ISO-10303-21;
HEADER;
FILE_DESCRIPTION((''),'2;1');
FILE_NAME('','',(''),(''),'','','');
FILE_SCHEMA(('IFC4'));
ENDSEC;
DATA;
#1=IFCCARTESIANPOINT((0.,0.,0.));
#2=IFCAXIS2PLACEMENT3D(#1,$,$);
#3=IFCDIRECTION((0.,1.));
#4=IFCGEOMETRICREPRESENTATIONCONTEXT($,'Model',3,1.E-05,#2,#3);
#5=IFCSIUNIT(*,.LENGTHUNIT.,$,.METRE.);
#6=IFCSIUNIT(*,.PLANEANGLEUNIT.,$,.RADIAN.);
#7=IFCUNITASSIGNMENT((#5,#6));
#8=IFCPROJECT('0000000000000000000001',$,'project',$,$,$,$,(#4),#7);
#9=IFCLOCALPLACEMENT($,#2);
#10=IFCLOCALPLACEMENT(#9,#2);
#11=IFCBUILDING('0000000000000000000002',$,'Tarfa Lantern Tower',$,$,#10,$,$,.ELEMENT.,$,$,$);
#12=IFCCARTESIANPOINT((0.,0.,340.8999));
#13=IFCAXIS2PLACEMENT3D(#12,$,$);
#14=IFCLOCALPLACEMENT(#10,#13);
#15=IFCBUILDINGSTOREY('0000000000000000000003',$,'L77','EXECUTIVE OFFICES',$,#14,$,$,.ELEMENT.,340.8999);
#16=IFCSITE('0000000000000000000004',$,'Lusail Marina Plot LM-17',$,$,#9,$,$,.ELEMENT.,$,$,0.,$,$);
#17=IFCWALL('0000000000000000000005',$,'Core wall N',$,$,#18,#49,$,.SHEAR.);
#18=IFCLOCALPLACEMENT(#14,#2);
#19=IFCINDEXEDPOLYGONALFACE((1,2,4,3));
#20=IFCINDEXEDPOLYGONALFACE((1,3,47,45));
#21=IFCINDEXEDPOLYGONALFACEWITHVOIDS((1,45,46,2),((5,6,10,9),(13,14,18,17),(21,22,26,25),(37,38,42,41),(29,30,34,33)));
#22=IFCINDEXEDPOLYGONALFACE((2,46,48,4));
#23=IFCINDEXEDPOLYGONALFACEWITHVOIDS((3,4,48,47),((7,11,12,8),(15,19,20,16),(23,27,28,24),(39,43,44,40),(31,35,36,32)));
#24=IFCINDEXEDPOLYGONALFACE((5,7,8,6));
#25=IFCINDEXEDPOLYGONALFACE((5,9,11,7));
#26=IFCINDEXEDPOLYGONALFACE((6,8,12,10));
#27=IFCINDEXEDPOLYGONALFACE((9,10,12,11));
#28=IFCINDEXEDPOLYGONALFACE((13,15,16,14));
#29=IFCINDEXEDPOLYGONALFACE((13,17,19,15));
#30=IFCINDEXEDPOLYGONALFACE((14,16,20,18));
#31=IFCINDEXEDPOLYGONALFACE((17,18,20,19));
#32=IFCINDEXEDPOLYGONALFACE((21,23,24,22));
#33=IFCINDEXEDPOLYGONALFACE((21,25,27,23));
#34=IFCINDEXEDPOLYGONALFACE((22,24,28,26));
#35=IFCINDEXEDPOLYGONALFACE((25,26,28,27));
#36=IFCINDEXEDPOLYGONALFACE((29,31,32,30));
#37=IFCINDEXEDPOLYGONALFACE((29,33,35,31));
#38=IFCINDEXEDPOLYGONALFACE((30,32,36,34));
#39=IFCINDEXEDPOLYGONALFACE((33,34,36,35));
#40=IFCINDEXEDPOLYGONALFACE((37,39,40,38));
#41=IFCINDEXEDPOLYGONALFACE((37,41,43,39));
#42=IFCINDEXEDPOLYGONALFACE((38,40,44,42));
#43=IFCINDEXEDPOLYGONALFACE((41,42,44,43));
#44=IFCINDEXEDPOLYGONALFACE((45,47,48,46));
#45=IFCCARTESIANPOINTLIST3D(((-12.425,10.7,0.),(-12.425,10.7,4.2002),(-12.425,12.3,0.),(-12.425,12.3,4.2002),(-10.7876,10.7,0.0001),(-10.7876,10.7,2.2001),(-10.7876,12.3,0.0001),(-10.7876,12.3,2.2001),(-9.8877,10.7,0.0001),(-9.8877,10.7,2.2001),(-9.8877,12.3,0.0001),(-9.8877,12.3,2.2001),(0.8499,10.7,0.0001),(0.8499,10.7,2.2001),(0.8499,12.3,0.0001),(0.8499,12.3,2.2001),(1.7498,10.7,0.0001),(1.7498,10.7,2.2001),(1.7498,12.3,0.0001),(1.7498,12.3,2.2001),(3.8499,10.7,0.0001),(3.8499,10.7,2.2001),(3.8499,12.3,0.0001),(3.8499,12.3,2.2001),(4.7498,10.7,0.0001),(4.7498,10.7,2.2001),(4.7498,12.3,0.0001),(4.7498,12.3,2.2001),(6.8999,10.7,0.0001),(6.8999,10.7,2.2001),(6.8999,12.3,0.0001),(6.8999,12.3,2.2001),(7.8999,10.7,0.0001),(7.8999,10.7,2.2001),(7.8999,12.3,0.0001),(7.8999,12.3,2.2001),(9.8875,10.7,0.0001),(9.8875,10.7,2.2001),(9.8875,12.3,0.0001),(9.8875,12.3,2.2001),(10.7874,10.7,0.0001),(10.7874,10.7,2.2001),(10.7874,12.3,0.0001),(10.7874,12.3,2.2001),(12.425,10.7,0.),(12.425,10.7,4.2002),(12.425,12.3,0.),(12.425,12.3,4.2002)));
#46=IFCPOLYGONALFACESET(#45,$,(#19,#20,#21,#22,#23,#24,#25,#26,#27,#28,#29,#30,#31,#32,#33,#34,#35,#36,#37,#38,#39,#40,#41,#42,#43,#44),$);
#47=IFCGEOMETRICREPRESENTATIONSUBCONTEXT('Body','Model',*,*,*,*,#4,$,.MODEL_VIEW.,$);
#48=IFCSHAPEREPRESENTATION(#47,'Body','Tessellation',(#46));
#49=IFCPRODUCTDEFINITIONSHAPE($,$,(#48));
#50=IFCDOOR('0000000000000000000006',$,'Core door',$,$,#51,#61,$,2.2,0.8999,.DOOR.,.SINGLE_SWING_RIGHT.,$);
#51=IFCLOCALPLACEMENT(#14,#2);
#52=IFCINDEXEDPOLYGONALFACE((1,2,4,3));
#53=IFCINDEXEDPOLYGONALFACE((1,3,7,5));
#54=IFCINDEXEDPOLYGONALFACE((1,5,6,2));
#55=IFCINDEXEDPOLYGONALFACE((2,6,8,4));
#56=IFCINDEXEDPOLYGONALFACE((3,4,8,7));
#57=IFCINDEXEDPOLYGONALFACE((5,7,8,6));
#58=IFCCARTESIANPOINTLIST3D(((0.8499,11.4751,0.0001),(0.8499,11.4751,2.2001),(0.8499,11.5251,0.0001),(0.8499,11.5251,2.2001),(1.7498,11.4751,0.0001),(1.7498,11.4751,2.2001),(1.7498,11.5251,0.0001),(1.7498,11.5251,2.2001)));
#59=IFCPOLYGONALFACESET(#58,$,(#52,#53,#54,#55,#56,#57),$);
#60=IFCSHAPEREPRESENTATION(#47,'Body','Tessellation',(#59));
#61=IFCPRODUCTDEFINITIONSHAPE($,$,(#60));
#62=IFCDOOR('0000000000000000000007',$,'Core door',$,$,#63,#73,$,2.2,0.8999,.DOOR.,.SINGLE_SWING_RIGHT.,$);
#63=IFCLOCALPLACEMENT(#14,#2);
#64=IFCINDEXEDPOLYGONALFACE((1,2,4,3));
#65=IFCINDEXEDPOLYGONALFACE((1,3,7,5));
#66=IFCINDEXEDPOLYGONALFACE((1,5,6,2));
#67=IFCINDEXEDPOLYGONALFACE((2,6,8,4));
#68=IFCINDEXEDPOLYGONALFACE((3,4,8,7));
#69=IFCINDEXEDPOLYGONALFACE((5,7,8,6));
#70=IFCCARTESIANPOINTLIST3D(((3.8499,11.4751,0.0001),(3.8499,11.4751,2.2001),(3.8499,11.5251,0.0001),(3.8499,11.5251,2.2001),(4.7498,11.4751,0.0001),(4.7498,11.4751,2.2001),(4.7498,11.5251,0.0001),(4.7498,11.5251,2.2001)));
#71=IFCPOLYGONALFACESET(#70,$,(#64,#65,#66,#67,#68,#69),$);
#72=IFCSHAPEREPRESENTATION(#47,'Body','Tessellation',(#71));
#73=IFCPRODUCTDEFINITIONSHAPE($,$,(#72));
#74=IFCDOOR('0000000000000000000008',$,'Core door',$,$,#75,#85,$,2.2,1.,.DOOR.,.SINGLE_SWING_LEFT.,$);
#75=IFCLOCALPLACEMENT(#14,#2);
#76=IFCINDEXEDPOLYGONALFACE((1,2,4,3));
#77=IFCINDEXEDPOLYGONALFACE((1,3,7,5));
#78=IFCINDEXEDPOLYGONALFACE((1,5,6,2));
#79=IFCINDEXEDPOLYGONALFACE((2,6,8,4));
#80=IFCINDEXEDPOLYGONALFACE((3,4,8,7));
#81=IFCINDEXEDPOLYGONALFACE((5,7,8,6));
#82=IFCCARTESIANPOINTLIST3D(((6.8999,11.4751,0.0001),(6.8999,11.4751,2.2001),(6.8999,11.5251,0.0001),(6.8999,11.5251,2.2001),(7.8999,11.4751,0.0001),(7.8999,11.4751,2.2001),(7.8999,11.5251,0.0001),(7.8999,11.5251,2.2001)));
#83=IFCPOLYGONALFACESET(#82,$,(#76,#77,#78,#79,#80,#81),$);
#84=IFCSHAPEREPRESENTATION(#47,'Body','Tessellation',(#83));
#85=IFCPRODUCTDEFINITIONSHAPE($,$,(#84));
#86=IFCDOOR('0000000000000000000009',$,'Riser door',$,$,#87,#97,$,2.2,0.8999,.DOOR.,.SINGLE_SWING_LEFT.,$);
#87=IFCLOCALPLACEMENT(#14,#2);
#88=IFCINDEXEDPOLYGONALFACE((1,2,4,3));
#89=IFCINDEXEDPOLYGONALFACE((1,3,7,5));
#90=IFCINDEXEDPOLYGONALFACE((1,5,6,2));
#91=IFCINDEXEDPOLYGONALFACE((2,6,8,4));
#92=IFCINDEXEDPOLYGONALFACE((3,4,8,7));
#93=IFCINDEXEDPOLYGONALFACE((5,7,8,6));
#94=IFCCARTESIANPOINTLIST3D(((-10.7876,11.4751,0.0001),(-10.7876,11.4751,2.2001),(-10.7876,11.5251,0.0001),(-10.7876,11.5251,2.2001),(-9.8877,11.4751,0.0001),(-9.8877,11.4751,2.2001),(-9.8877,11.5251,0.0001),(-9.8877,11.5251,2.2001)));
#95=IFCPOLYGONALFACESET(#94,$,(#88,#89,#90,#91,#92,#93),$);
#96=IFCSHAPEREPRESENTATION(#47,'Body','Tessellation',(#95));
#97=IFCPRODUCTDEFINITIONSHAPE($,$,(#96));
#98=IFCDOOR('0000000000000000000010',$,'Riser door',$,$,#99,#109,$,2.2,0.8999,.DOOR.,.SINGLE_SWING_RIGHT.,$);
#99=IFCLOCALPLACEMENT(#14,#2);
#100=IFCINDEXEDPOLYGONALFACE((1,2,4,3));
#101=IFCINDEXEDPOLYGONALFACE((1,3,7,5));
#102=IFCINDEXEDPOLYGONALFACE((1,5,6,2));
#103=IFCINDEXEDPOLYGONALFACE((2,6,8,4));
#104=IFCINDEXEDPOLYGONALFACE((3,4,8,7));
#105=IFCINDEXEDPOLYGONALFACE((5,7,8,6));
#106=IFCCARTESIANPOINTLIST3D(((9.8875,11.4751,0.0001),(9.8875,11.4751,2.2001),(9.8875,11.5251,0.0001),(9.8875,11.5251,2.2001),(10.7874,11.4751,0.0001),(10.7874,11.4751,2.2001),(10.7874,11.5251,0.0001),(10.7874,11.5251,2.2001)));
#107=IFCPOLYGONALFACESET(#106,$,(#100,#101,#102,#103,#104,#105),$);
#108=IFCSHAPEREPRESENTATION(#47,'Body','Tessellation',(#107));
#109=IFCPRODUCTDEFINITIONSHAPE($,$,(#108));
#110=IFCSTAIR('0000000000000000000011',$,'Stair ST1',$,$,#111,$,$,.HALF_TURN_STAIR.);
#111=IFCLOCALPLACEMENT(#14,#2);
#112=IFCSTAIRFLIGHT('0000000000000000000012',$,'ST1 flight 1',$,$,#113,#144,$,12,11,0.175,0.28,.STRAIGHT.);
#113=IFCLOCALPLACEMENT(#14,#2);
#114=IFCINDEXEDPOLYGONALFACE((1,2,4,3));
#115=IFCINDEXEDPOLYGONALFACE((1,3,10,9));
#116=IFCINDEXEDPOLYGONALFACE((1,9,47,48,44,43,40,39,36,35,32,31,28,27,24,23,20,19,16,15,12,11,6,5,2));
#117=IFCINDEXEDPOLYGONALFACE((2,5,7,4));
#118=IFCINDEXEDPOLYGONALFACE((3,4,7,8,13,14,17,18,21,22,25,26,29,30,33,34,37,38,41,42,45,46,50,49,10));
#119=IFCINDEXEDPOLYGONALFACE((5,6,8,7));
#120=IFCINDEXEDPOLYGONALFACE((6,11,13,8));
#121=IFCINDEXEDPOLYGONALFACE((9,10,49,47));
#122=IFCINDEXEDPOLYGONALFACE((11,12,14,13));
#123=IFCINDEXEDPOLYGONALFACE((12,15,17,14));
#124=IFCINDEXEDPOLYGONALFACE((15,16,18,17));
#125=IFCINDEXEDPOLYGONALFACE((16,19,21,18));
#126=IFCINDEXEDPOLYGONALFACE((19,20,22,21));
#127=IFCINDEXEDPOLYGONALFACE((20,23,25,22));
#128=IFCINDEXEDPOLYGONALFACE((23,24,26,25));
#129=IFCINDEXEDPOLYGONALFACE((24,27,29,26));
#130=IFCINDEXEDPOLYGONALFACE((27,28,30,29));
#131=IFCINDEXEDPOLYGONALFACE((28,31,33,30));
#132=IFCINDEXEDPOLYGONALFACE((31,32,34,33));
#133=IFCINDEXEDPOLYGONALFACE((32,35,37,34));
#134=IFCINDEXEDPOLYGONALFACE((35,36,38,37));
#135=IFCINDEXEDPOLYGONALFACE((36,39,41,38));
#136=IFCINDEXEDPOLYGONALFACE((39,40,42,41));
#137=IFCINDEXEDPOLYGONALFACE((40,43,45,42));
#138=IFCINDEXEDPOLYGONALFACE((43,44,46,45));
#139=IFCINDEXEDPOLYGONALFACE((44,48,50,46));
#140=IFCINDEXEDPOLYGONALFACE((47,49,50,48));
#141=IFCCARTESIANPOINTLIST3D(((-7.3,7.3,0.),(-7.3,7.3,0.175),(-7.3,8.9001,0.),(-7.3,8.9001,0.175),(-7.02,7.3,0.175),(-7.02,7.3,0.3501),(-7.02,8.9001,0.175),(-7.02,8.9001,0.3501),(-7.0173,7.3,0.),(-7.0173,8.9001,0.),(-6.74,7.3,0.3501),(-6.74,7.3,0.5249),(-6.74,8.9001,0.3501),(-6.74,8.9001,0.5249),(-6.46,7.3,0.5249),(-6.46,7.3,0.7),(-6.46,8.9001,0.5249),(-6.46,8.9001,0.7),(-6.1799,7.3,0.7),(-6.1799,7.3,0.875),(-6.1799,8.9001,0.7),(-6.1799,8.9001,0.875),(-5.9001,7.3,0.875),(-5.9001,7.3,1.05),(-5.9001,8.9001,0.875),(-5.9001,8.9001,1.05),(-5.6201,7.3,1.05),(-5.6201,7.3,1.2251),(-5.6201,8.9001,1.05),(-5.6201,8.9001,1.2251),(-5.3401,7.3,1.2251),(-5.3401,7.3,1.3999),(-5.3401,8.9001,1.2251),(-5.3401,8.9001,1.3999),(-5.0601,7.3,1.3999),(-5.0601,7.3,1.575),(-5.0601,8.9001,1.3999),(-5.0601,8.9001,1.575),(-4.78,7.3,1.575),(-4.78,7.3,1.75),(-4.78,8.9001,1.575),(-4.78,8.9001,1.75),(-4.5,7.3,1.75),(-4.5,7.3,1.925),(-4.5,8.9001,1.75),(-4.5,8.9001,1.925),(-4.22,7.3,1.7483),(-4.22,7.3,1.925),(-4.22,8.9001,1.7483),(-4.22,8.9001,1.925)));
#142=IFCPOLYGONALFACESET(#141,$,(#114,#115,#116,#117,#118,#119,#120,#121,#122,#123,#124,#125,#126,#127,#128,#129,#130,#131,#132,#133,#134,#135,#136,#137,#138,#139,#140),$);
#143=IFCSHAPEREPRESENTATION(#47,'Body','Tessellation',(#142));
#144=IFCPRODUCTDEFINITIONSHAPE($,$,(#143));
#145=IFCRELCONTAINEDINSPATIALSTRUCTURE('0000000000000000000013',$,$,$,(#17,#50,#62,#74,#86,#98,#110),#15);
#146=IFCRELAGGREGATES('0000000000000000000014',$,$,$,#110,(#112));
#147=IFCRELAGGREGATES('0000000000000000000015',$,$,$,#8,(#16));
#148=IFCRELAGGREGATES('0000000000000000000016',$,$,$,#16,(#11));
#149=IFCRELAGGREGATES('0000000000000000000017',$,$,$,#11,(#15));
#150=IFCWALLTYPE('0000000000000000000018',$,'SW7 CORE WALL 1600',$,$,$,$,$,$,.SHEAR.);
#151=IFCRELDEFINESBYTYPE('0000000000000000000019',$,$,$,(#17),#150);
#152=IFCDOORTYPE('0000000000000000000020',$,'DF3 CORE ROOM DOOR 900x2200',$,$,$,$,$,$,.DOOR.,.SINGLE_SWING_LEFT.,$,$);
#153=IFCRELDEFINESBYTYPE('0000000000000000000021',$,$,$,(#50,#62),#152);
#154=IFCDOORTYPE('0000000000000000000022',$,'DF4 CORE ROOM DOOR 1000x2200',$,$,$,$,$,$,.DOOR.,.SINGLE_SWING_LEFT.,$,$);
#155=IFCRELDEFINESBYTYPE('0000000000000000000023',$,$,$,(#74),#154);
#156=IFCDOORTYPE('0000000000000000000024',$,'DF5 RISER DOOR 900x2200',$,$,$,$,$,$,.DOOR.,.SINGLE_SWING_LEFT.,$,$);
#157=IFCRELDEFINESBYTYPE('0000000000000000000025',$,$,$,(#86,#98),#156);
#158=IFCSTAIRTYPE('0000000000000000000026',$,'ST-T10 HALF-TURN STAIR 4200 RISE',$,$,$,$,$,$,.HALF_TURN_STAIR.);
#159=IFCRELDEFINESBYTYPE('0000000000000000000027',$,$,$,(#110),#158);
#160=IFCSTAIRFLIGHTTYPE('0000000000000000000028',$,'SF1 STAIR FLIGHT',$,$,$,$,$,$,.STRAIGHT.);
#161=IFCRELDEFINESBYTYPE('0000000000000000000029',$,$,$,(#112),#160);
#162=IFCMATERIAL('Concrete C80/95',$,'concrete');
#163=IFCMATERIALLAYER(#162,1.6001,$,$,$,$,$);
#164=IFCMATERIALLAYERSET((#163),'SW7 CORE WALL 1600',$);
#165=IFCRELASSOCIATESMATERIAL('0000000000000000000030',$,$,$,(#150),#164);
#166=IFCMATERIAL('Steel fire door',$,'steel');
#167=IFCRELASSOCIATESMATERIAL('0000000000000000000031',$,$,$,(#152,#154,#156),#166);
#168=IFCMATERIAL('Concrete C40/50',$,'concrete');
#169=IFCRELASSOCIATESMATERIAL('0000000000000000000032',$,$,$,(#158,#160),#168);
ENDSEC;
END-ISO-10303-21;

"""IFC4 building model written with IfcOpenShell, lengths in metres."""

from ifc_helpers import new_model, si_unit, direction, frame, frame_2d, origin, place, context, subcontext, project, spatial, polyline, rectangle, outline, extrude, material, layer, layer_set, type_object, element, fill, aggregate, save


model = new_model("IFC4")

# Units and contexts
model_context = context("Model", 3, precision=1e-05, world=origin(), true_north=direction((0.0, 1.0)))
body_context = subcontext(model_context, "Body", "Model", "MODEL_VIEW")
ifc_project = project(units=[si_unit("LENGTHUNIT", "METRE"), si_unit("PLANEANGLEUNIT", "RADIAN")], contexts=[model_context])

# Site, building, storey
site_placement = place(None, origin())
site = spatial("IfcSite", under=ifc_project, at=site_placement, Name="Lusail Marina Plot LM-17", CompositionType="ELEMENT", RefElevation=0.0)
building_placement = place(site_placement, origin())
building = spatial("IfcBuilding", under=site, at=building_placement, Name="Tarfa Lantern Tower", CompositionType="ELEMENT")
storey_placement = place(building_placement, frame((0.0, 0.0, 340.8999)))
storey = spatial("IfcBuildingStorey", under=building, at=storey_placement, Name="L77", Description="EXECUTIVE OFFICES", CompositionType="ELEMENT", Elevation=340.8999)

# Shared definitions
ifc_material_1 = material(Name="Concrete C80/95", Category="concrete")
ifc_material_2 = material(Name="Steel fire door", Category="steel")

# Wall, openings, doors
ifc_layer_1 = layer(ifc_material_1, 1.6001)
ifc_layer_set_1 = layer_set([ifc_layer_1], Name="SW7 CORE WALL 1600")
wall_type_1 = type_object("IfcWallType", Name="SW7 CORE WALL 1600", PredefinedType="SHEAR", material=ifc_layer_set_1)
wall_1_placement = place(storey_placement, frame((-12.425, 11.5, 0.0), z_axis=(0.0, 0.0, 1.0), x_axis=(1.0, 0.0, 0.0)))
wall_1 = element("IfcWall", 1, at=wall_1_placement, inside=storey, type_object=wall_type_1, Name="Core wall N", PredefinedType="SHEAR", context=body_context, shape_type="SweptSolid", body=[
    extrude(rectangle(XDim=24.8501, YDim=1.6001, at=frame_2d((12.425, 0.0))), origin(), (0.0, 0.0, 1.0), 4.2002),
])
opening_1_placement = place(wall_1_placement, frame((13.2749, 0.0, 0.0)))
opening_1 = element("IfcOpeningElement", 2, at=opening_1_placement, cuts=wall_1, PredefinedType="OPENING", context=body_context, shape_type="SweptSolid", body=[
    extrude(rectangle(XDim=0.8999, YDim=2.2, at=frame_2d((0.45, 1.1001))), frame((0.0, 0.8101, 0.0), z_axis=(0.0, -1.0, 0.0), x_axis=(1.0, 0.0, 0.0)), (0.0, 0.0, 1.0), 1.6201),
])
opening_2_placement = place(wall_1_placement, frame((16.2749, 0.0, 0.0)))
opening_2 = element("IfcOpeningElement", 3, at=opening_2_placement, cuts=wall_1, PredefinedType="OPENING", context=body_context, shape_type="SweptSolid", body=[
    extrude(rectangle(XDim=0.8999, YDim=2.2, at=frame_2d((0.45, 1.1001))), frame((0.0, 0.8101, 0.0), z_axis=(0.0, -1.0, 0.0), x_axis=(1.0, 0.0, 0.0)), (0.0, 0.0, 1.0), 1.6201),
])
opening_3_placement = place(wall_1_placement, frame((19.325, 0.0, 0.0)))
opening_3 = element("IfcOpeningElement", 4, at=opening_3_placement, cuts=wall_1, PredefinedType="OPENING", context=body_context, shape_type="SweptSolid", body=[
    extrude(rectangle(XDim=1.0, YDim=2.2, at=frame_2d((0.5, 1.1001))), frame((0.0, 0.8101, 0.0), z_axis=(0.0, -1.0, 0.0), x_axis=(1.0, 0.0, 0.0)), (0.0, 0.0, 1.0), 1.6201),
])
opening_4_placement = place(wall_1_placement, frame((1.6375, 0.0, 0.0)))
opening_4 = element("IfcOpeningElement", 5, at=opening_4_placement, cuts=wall_1, PredefinedType="OPENING", context=body_context, shape_type="SweptSolid", body=[
    extrude(rectangle(XDim=0.8999, YDim=2.2, at=frame_2d((0.45, 1.1001))), frame((0.0, 0.8101, 0.0), z_axis=(0.0, -1.0, 0.0), x_axis=(1.0, 0.0, 0.0)), (0.0, 0.0, 1.0), 1.6201),
])
opening_5_placement = place(wall_1_placement, frame((22.3125, 0.0, 0.0)))
opening_5 = element("IfcOpeningElement", 6, at=opening_5_placement, cuts=wall_1, PredefinedType="OPENING", context=body_context, shape_type="SweptSolid", body=[
    extrude(rectangle(XDim=0.8999, YDim=2.2, at=frame_2d((0.45, 1.1001))), frame((0.0, 0.8101, 0.0), z_axis=(0.0, -1.0, 0.0), x_axis=(1.0, 0.0, 0.0)), (0.0, 0.0, 1.0), 1.6201),
])
door_type_1 = type_object("IfcDoorType", Name="DF3 CORE ROOM DOOR 900x2200", OperationType="SINGLE_SWING_LEFT", PredefinedType="DOOR", material=ifc_material_2)
door_1_placement = place(opening_1_placement, frame((0.8999, 0.0, 0.0), z_axis=(0.0, 0.0, 1.0), x_axis=(-1.0, 0.0, 0.0)))
door_1 = element("IfcDoor", 7, at=door_1_placement, inside=storey, type_object=door_type_1, Name="Core door", OperationType="SINGLE_SWING_RIGHT", OverallHeight=2.2, OverallWidth=0.8999, PredefinedType="DOOR", context=body_context, shape_type="SweptSolid", body=[
    extrude(rectangle(XDim=0.8999, YDim=2.2, at=frame_2d((0.45, 1.1001))), frame((0.0, 0.0249, 0.0), z_axis=(0.0, -1.0, 0.0), x_axis=(1.0, 0.0, 0.0)), (0.0, 0.0, 1.0), 0.05),
])
fill(opening_1, door_1)
door_2_placement = place(opening_2_placement, frame((0.8999, 0.0, 0.0), z_axis=(0.0, 0.0, 1.0), x_axis=(-1.0, 0.0, 0.0)))
door_2 = element("IfcDoor", 8, at=door_2_placement, inside=storey, type_object=door_type_1, Name="Core door", OperationType="SINGLE_SWING_RIGHT", OverallHeight=2.2, OverallWidth=0.8999, PredefinedType="DOOR", context=body_context, shape_type="SweptSolid", body=[
    extrude(rectangle(XDim=0.8999, YDim=2.2, at=frame_2d((0.45, 1.1001))), frame((0.0, 0.0249, 0.0), z_axis=(0.0, -1.0, 0.0), x_axis=(1.0, 0.0, 0.0)), (0.0, 0.0, 1.0), 0.05),
])
fill(opening_2, door_2)
door_type_2 = type_object("IfcDoorType", Name="DF4 CORE ROOM DOOR 1000x2200", OperationType="SINGLE_SWING_LEFT", PredefinedType="DOOR", material=ifc_material_2)
door_3_placement = place(opening_3_placement, frame((1.0, 0.0, 0.0), z_axis=(0.0, 0.0, 1.0), x_axis=(-1.0, 0.0, 0.0)))
door_3 = element("IfcDoor", 9, at=door_3_placement, inside=storey, type_object=door_type_2, Name="Core door", OperationType="SINGLE_SWING_LEFT", OverallHeight=2.2, OverallWidth=1.0, PredefinedType="DOOR", context=body_context, shape_type="SweptSolid", body=[
    extrude(rectangle(XDim=1.0, YDim=2.2, at=frame_2d((0.5, 1.1001))), frame((0.0, 0.0249, 0.0), z_axis=(0.0, -1.0, 0.0), x_axis=(1.0, 0.0, 0.0)), (0.0, 0.0, 1.0), 0.05),
])
fill(opening_3, door_3)
door_type_3 = type_object("IfcDoorType", Name="DF5 RISER DOOR 900x2200", OperationType="SINGLE_SWING_LEFT", PredefinedType="DOOR", material=ifc_material_2)
door_4_placement = place(opening_4_placement, frame((0.8999, 0.0, 0.0), z_axis=(0.0, 0.0, 1.0), x_axis=(-1.0, 0.0, 0.0)))
door_4 = element("IfcDoor", 10, at=door_4_placement, inside=storey, type_object=door_type_3, Name="Riser door", OperationType="SINGLE_SWING_LEFT", OverallHeight=2.2, OverallWidth=0.8999, PredefinedType="DOOR", context=body_context, shape_type="SweptSolid", body=[
    extrude(rectangle(XDim=0.8999, YDim=2.2, at=frame_2d((0.45, 1.1001))), frame((0.0, 0.0249, 0.0), z_axis=(0.0, -1.0, 0.0), x_axis=(1.0, 0.0, 0.0)), (0.0, 0.0, 1.0), 0.05),
])
fill(opening_4, door_4)
door_5_placement = place(opening_5_placement, frame((0.8999, 0.0, 0.0), z_axis=(0.0, 0.0, 1.0), x_axis=(-1.0, 0.0, 0.0)))
door_5 = element("IfcDoor", 11, at=door_5_placement, inside=storey, type_object=door_type_3, Name="Riser door", OperationType="SINGLE_SWING_RIGHT", OverallHeight=2.2, OverallWidth=0.8999, PredefinedType="DOOR", context=body_context, shape_type="SweptSolid", body=[
    extrude(rectangle(XDim=0.8999, YDim=2.2, at=frame_2d((0.45, 1.1001))), frame((0.0, 0.0249, 0.0), z_axis=(0.0, -1.0, 0.0), x_axis=(1.0, 0.0, 0.0)), (0.0, 0.0, 1.0), 0.05),
])
fill(opening_5, door_5)

# Stair, stair flight
ifc_material_3 = material(Name="Concrete C40/50", Category="concrete")
stair_type = type_object("IfcStairType", Name="ST-T10 HALF-TURN STAIR 4200 RISE", PredefinedType="HALF_TURN_STAIR", material=ifc_material_3)
stair_placement = place(storey_placement, origin())
stair = element("IfcStair", 12, at=stair_placement, inside=storey, type_object=stair_type, Name="Stair ST1", PredefinedType="HALF_TURN_STAIR")
stair_flight_type = type_object("IfcStairFlightType", Name="SF1 STAIR FLIGHT", PredefinedType="STRAIGHT", material=ifc_material_3)
stair_flight_1_placement = place(storey_placement, frame((-7.3, 8.1001, 0.0), z_axis=(0.0, 0.0, 1.0), x_axis=(1.0, 0.0, 0.0)))
stair_flight_1 = element("IfcStairFlight", 13, at=stair_flight_1_placement, type_object=stair_flight_type, Name="ST1 flight 1", NumberOfRisers=12, NumberOfTreads=11, PredefinedType="STRAIGHT", RiserHeight=0.175, TreadLength=0.28, context=body_context, shape_type="SweptSolid", body=[
    extrude(outline(polyline([(0.0, 0.0), (0.0, 0.175), (0.28, 0.175), (0.28, 0.3501), (0.5601, 0.3501), (0.5601, 0.5249), (0.8401, 0.5249), (0.8401, 0.7), (1.1201, 0.7), (1.1201, 0.875), (1.3999, 0.875), (1.3999, 1.05), (1.6799, 1.05), (1.6799, 1.2251), (1.96, 1.2251), (1.96, 1.3999), (2.24, 1.3999), (2.24, 1.575), (2.52, 1.575), (2.52, 1.75), (2.8, 1.75), (2.8, 1.925), (3.0801, 1.925), (3.0801, 2.1001), (3.0801, 1.7483), (0.2827, 0.0), (0.0, 0.0)])), frame((0.0, 0.8, 0.0), z_axis=(0.0, -1.0, 0.0), x_axis=(1.0, 0.0, 0.0)), (0.0, 0.0, 1.0), 1.6001),
])
aggregate(stair, [stair_flight_1])

save(model, "model.ifc")
